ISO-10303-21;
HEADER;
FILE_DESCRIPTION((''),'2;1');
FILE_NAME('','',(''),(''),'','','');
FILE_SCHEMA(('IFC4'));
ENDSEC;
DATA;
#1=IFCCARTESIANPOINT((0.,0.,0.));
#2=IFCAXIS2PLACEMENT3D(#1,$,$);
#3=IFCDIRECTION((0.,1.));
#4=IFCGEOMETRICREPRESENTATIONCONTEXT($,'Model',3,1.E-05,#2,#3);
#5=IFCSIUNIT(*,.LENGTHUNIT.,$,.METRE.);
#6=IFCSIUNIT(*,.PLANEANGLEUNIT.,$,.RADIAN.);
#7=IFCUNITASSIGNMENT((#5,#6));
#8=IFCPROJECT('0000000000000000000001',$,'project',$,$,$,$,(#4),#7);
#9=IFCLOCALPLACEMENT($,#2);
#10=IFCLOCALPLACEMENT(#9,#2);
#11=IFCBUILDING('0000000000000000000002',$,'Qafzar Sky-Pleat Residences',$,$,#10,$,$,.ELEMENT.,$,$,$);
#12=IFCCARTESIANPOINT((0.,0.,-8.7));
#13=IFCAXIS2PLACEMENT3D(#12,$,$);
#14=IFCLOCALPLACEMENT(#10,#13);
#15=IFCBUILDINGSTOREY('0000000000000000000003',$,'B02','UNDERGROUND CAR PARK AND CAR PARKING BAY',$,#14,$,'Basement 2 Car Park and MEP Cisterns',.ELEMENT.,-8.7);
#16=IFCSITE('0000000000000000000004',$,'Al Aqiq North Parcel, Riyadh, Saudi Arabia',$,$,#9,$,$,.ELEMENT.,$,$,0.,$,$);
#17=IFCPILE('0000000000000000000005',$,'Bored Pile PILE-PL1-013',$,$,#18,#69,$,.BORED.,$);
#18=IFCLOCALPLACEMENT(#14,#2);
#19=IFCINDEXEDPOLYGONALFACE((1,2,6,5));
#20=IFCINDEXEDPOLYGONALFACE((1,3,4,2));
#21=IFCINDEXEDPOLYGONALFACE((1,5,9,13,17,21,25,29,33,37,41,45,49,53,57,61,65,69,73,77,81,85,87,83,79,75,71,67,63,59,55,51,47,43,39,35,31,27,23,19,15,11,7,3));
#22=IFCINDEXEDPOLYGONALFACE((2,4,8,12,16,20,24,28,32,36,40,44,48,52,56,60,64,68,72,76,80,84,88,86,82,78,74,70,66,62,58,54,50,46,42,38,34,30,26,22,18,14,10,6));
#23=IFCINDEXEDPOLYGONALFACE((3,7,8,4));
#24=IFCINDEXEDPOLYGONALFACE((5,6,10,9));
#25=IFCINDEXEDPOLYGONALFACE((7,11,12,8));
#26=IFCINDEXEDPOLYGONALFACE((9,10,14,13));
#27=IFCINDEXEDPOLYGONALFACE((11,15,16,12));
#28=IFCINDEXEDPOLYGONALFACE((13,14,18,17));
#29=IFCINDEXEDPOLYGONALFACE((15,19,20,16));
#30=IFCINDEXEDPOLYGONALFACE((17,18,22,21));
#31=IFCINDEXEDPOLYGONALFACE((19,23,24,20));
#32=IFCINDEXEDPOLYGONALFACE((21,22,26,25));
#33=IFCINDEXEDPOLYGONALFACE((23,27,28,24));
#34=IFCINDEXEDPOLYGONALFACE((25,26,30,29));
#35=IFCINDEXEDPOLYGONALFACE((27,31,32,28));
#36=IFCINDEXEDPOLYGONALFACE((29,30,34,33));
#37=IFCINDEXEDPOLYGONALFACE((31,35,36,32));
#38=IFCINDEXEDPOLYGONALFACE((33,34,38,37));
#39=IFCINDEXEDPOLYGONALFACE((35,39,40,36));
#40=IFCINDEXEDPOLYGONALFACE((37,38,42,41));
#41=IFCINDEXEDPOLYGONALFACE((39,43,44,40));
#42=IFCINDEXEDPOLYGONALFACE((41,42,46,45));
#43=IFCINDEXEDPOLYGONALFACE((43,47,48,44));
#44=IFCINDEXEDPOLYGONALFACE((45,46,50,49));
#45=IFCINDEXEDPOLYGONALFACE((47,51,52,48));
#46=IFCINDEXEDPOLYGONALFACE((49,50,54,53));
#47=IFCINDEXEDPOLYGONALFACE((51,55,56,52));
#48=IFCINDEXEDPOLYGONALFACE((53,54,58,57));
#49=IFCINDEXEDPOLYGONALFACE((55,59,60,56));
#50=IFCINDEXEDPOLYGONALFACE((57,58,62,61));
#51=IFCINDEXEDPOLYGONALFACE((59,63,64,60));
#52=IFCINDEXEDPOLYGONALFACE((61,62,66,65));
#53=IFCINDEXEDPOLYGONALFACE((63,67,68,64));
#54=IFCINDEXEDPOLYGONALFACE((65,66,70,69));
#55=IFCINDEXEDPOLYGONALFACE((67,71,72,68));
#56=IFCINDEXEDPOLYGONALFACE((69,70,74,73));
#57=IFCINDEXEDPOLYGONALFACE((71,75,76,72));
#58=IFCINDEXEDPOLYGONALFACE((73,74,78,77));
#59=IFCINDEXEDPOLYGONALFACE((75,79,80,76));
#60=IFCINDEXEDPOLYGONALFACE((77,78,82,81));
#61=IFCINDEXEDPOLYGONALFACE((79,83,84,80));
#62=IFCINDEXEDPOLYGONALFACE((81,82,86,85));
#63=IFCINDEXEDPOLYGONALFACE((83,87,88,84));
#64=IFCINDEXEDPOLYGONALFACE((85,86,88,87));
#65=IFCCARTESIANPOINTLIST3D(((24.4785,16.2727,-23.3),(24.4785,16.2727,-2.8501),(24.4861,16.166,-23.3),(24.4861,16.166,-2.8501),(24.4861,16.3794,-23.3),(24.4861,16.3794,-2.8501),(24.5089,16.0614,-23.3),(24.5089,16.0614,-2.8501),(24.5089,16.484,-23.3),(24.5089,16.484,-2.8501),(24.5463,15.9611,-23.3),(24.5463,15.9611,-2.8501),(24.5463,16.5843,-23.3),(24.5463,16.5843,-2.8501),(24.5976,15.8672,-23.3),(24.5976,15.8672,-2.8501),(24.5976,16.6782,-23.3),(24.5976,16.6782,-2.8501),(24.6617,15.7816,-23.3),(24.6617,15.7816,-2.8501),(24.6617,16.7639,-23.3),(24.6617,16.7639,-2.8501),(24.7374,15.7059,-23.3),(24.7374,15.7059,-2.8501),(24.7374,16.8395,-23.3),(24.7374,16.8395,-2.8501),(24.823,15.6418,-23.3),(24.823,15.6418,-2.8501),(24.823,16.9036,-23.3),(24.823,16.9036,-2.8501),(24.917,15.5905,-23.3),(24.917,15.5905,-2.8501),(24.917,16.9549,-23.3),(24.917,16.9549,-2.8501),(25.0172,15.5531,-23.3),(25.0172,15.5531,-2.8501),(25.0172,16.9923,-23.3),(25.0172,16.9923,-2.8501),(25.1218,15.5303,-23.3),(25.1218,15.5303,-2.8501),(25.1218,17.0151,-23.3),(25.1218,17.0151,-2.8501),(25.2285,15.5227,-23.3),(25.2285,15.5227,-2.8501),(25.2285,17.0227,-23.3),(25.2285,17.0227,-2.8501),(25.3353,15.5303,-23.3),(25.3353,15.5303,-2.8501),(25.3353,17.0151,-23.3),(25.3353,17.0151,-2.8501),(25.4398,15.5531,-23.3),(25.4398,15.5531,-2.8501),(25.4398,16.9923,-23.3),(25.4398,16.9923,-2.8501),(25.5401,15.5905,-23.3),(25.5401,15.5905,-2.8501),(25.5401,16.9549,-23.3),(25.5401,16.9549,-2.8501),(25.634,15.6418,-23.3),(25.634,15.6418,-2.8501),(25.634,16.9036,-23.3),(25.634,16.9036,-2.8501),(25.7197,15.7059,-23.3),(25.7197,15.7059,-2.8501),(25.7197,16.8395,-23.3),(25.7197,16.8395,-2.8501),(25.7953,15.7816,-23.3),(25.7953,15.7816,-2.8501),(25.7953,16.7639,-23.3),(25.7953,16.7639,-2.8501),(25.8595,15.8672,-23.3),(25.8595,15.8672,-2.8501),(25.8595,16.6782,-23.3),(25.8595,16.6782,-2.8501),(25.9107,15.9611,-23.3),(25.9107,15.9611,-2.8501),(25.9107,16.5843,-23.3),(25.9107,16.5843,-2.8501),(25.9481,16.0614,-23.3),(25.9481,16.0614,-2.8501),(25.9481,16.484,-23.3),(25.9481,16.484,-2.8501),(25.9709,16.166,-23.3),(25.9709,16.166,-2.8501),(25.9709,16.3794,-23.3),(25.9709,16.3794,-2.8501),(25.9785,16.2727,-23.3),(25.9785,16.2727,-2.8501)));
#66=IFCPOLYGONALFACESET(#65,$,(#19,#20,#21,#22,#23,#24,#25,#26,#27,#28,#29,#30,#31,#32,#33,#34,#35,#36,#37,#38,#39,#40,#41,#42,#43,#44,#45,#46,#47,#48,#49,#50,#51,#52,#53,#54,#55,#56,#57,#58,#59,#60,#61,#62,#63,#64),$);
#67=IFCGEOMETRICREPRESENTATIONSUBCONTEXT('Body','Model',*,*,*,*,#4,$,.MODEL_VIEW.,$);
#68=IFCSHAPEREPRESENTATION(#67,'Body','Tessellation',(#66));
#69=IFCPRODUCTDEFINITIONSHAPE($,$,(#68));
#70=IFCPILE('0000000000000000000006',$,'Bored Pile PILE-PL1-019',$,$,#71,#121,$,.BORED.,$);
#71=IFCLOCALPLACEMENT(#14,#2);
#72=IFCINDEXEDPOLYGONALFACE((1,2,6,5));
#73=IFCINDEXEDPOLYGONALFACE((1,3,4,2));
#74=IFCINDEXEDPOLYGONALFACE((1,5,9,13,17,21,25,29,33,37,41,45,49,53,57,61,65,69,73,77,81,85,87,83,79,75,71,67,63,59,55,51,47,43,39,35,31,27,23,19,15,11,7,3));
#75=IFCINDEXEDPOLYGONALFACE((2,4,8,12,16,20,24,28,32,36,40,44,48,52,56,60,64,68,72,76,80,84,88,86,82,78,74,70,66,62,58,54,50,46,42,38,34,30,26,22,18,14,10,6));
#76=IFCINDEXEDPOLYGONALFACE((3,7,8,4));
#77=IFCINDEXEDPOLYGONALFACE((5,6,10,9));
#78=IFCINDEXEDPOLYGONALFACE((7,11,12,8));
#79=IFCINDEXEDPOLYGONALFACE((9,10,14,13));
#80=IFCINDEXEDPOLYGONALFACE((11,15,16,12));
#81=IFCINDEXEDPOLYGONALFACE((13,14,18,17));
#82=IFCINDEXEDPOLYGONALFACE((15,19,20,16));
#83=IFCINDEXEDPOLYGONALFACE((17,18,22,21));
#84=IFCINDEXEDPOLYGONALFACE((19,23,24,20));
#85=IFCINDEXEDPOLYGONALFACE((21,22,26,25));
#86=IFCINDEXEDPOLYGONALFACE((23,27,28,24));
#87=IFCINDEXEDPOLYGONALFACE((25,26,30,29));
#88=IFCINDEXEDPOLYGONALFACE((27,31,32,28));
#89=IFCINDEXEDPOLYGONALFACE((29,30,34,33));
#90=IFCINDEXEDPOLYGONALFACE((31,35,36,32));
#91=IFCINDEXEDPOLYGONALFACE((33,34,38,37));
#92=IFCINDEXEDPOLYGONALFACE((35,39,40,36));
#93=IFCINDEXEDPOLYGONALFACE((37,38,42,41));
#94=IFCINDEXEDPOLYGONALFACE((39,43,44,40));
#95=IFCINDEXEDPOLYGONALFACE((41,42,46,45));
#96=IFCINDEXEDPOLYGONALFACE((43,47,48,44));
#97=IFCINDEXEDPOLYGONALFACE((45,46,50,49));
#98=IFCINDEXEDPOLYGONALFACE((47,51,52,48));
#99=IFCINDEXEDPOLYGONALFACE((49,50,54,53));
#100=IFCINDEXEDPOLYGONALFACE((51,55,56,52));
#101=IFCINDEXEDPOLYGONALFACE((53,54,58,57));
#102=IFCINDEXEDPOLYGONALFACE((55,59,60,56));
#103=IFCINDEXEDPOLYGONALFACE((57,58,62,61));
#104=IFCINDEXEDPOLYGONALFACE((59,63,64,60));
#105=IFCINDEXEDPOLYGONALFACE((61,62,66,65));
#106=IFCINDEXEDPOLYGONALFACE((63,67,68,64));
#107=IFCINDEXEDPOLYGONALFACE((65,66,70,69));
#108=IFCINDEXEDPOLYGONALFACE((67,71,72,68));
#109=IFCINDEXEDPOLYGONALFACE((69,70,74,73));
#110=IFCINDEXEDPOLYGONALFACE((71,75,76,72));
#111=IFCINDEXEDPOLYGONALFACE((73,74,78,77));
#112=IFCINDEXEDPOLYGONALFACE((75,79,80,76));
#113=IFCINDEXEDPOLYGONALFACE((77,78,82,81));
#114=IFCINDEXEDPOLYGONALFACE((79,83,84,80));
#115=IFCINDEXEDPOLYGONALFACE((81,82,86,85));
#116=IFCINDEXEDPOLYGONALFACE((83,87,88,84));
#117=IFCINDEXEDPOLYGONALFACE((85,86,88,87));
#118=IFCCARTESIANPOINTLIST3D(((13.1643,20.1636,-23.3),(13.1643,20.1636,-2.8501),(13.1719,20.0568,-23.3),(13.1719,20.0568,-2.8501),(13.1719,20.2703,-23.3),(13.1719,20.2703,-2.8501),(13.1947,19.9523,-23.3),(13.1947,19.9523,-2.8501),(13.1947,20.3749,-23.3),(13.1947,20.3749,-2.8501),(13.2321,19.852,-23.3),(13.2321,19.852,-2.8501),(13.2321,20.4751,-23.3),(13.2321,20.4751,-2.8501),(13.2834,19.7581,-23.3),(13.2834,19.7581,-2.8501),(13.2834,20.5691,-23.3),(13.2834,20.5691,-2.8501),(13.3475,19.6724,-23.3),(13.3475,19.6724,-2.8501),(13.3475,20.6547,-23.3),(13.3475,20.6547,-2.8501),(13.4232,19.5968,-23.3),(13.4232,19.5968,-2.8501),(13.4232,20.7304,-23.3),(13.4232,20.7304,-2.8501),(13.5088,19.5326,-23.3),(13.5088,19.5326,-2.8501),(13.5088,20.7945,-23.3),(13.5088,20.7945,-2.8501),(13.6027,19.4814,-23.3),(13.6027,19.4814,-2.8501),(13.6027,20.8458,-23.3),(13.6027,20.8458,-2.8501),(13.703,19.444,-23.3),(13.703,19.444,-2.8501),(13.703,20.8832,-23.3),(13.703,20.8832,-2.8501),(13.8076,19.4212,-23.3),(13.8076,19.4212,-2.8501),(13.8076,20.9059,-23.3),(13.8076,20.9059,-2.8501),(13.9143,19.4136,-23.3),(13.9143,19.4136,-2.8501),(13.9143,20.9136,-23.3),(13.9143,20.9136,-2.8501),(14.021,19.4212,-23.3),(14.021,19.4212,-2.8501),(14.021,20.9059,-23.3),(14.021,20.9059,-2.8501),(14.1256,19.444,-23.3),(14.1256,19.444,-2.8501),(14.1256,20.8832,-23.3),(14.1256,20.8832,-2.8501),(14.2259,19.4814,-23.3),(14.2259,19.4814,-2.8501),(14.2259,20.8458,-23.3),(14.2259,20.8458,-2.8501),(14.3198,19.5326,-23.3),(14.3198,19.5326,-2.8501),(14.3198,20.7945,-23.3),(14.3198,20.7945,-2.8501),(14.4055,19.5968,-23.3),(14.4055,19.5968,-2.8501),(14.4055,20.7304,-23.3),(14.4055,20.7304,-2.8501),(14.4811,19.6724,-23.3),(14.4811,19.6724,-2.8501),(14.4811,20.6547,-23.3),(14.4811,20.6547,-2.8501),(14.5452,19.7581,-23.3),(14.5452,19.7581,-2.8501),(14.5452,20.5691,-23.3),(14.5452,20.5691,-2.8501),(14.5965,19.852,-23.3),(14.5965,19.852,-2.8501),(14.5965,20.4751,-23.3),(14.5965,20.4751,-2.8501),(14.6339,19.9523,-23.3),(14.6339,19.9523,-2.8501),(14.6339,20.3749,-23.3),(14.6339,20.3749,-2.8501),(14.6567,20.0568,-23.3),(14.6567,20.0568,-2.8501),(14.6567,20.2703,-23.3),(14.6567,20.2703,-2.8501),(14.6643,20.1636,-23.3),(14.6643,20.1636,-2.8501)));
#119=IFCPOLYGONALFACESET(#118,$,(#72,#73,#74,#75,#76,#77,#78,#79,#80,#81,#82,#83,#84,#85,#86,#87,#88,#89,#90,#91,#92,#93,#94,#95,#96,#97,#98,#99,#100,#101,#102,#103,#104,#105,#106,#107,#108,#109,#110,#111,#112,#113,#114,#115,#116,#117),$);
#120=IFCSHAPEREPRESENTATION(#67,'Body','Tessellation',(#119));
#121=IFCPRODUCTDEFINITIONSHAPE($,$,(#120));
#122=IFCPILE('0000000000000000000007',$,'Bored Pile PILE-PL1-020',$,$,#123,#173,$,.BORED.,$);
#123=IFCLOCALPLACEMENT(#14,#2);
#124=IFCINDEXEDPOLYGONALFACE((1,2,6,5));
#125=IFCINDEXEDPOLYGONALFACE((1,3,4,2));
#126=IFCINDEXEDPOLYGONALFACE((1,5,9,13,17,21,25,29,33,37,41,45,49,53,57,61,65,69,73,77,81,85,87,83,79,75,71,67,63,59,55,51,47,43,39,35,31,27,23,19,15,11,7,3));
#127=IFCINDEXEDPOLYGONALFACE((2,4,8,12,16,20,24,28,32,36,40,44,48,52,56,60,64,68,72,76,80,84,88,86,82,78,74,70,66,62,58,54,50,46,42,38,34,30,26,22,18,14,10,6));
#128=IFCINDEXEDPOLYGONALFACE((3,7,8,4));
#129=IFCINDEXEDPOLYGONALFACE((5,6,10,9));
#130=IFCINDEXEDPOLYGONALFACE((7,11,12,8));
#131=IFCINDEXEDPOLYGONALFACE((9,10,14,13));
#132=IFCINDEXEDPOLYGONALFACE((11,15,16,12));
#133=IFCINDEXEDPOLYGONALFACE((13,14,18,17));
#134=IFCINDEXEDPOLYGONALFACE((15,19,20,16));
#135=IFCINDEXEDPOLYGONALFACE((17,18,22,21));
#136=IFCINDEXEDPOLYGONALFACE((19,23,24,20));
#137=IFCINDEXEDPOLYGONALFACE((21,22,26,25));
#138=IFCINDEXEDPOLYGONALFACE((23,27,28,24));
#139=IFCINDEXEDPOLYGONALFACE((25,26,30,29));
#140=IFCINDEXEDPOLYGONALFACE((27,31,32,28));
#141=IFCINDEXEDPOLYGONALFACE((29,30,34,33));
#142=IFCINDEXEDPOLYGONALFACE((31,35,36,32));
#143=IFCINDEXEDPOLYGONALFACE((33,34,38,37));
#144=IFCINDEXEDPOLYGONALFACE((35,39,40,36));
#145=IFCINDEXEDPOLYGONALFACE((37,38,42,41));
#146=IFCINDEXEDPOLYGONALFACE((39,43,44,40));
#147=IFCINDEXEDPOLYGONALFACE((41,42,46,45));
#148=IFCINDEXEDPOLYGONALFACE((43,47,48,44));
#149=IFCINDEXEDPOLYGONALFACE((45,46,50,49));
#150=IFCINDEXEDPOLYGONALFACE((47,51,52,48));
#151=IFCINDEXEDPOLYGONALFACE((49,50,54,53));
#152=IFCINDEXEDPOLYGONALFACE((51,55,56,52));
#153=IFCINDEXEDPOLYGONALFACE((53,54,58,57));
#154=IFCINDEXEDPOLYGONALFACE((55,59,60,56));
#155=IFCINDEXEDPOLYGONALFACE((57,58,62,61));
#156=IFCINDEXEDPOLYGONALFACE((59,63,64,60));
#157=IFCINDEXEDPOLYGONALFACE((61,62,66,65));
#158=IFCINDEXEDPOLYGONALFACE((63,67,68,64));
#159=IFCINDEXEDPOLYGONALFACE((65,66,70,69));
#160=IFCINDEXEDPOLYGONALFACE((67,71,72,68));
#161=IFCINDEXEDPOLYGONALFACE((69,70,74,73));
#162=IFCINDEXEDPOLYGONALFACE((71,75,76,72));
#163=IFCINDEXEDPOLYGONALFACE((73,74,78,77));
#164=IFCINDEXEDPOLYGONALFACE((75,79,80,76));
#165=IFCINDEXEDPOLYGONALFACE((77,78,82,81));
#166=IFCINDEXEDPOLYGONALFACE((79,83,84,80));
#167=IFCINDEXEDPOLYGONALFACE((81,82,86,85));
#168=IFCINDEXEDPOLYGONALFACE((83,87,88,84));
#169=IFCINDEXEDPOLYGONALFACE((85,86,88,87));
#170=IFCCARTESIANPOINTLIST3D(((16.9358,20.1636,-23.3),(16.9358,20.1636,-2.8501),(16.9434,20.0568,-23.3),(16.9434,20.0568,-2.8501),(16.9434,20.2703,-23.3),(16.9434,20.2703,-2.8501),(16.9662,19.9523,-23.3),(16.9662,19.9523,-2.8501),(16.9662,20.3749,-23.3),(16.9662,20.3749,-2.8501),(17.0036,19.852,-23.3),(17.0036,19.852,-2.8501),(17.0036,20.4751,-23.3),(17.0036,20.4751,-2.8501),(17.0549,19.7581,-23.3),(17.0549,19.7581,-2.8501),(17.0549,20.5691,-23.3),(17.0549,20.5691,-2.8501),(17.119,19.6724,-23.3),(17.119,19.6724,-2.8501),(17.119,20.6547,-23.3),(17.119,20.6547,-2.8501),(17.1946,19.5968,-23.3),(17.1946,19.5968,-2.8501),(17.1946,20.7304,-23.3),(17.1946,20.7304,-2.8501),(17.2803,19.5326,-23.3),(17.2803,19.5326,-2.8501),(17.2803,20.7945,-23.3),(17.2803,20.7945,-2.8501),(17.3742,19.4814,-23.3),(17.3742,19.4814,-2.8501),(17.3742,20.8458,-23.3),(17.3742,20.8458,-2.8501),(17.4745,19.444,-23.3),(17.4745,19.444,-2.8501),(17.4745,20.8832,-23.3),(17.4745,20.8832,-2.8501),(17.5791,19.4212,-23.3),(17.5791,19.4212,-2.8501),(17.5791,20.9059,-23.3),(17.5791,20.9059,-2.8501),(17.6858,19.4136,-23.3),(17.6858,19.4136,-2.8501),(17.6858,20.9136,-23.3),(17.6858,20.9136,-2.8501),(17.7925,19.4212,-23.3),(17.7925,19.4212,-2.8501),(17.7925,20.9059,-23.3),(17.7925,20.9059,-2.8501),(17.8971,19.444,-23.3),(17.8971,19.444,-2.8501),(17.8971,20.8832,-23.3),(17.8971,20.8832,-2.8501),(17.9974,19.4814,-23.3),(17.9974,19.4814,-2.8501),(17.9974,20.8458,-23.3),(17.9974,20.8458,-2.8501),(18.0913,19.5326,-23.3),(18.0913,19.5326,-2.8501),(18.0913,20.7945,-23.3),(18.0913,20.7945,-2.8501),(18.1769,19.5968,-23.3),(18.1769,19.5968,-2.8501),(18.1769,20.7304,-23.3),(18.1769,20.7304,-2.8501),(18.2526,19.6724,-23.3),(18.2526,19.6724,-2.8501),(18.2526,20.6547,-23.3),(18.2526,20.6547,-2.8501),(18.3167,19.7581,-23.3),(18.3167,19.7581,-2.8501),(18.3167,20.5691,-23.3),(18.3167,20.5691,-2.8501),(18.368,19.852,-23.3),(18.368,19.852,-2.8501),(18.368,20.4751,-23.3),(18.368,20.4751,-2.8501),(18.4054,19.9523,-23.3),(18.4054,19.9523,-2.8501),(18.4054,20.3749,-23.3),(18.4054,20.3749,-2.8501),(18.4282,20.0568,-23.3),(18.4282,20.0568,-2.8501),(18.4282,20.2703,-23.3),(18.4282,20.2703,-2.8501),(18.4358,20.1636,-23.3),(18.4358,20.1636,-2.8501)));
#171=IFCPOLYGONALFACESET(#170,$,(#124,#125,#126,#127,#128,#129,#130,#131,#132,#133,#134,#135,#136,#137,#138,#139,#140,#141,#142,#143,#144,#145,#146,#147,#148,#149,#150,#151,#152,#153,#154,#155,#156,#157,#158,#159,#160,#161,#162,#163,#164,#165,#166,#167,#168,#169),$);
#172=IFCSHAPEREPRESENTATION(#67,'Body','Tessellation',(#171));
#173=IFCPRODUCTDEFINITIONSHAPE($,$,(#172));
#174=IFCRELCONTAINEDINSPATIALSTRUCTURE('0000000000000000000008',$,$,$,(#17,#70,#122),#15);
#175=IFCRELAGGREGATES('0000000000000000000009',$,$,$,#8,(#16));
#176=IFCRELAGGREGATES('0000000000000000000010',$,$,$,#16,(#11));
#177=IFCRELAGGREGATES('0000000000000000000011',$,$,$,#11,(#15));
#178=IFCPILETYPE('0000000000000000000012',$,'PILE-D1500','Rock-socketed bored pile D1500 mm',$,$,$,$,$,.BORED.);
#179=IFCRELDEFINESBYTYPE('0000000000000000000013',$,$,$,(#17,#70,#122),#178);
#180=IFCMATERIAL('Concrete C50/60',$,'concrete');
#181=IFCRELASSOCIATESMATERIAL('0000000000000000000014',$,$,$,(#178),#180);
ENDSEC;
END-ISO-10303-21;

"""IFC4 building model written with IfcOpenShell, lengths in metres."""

from ifc_helpers import new_model, si_unit, direction, frame, origin, origin_2d, place, context, subcontext, project, spatial, circle, extrude, source, transform, mapped, material, material_profile, profile_set, type_object, element, save


model = new_model("IFC4")

# Units and contexts
model_context = context("Model", 3, precision=1e-05, world=origin(), true_north=direction((0.0, 1.0)))
body_context = subcontext(model_context, "Body", "Model", "MODEL_VIEW")
ifc_project = project(units=[si_unit("LENGTHUNIT", "METRE"), si_unit("PLANEANGLEUNIT", "RADIAN")], contexts=[model_context])

# Site, building, storey
site_placement = place(None, origin())
site = spatial("IfcSite", under=ifc_project, at=site_placement, Name="Al Aqiq North Parcel, Riyadh, Saudi Arabia", CompositionType="ELEMENT", RefElevation=0.0)
building_placement = place(site_placement, origin())
building = spatial("IfcBuilding", under=site, at=building_placement, Name="Qafzar Sky-Pleat Residences", CompositionType="ELEMENT")
storey_placement = place(building_placement, frame((0.0, 0.0, -8.7)))
storey = spatial("IfcBuildingStorey", under=building, at=storey_placement, Name="B02", Description="UNDERGROUND CAR PARK AND CAR PARKING BAY", LongName="Basement 2 Car Park and MEP Cisterns", CompositionType="ELEMENT", Elevation=-8.7)

# Piles
ifc_material_1 = material(Name="Concrete C50/60", Category="concrete")
ifc_material_profile_1 = material_profile(ifc_material_1, circle(Radius=0.75, at=origin_2d()), Name="PILE D1500")
ifc_profile_set_1 = profile_set([ifc_material_profile_1], Name="Concrete C50/60")
pile_type_1 = type_object("IfcPileType", Name="PILE-D1500", Description="Rock-socketed bored pile D1500 mm", PredefinedType="BORED", material=ifc_profile_set_1)
shared_shape_1 = source(origin(), body_context, "Body", "SweptSolid", [
    extrude(circle(Radius=0.75, at=origin_2d()), origin(), (0.0, 0.0, 1.0), 20.45),
])
for number, where, z_axis, x_axis, name in (
    (1, (25.2285, 16.2727, -2.8501), (0.0, 0.0, -1.0), (1.0, 0.0, 0.0), "Bored Pile PILE-PL1-013"),
    (2, (13.9143, 20.1636, -2.8501), (0.0, 0.0, -1.0), (1.0, 0.0, 0.0), "Bored Pile PILE-PL1-019"),
    (3, (17.6858, 20.1636, -2.8501), (0.0, 0.0, -1.0), (1.0, 0.0, 0.0), "Bored Pile PILE-PL1-020"),
):
    element("IfcPile", number, at=place(storey_placement, frame(where, z_axis=z_axis, x_axis=x_axis)), inside=storey, type_object=pile_type_1, Name=name, PredefinedType="BORED", context=body_context, shape_type="MappedRepresentation", body=[
        mapped(shared_shape_1, transform((0.0, 0.0, 0.0), x_axis=(1.0, 0.0, 0.0), y_axis=(0.0, 1.0, 0.0), z_axis=(0.0, 0.0, 1.0), scale=1.0)),
    ])

save(model, "model.ifc")
